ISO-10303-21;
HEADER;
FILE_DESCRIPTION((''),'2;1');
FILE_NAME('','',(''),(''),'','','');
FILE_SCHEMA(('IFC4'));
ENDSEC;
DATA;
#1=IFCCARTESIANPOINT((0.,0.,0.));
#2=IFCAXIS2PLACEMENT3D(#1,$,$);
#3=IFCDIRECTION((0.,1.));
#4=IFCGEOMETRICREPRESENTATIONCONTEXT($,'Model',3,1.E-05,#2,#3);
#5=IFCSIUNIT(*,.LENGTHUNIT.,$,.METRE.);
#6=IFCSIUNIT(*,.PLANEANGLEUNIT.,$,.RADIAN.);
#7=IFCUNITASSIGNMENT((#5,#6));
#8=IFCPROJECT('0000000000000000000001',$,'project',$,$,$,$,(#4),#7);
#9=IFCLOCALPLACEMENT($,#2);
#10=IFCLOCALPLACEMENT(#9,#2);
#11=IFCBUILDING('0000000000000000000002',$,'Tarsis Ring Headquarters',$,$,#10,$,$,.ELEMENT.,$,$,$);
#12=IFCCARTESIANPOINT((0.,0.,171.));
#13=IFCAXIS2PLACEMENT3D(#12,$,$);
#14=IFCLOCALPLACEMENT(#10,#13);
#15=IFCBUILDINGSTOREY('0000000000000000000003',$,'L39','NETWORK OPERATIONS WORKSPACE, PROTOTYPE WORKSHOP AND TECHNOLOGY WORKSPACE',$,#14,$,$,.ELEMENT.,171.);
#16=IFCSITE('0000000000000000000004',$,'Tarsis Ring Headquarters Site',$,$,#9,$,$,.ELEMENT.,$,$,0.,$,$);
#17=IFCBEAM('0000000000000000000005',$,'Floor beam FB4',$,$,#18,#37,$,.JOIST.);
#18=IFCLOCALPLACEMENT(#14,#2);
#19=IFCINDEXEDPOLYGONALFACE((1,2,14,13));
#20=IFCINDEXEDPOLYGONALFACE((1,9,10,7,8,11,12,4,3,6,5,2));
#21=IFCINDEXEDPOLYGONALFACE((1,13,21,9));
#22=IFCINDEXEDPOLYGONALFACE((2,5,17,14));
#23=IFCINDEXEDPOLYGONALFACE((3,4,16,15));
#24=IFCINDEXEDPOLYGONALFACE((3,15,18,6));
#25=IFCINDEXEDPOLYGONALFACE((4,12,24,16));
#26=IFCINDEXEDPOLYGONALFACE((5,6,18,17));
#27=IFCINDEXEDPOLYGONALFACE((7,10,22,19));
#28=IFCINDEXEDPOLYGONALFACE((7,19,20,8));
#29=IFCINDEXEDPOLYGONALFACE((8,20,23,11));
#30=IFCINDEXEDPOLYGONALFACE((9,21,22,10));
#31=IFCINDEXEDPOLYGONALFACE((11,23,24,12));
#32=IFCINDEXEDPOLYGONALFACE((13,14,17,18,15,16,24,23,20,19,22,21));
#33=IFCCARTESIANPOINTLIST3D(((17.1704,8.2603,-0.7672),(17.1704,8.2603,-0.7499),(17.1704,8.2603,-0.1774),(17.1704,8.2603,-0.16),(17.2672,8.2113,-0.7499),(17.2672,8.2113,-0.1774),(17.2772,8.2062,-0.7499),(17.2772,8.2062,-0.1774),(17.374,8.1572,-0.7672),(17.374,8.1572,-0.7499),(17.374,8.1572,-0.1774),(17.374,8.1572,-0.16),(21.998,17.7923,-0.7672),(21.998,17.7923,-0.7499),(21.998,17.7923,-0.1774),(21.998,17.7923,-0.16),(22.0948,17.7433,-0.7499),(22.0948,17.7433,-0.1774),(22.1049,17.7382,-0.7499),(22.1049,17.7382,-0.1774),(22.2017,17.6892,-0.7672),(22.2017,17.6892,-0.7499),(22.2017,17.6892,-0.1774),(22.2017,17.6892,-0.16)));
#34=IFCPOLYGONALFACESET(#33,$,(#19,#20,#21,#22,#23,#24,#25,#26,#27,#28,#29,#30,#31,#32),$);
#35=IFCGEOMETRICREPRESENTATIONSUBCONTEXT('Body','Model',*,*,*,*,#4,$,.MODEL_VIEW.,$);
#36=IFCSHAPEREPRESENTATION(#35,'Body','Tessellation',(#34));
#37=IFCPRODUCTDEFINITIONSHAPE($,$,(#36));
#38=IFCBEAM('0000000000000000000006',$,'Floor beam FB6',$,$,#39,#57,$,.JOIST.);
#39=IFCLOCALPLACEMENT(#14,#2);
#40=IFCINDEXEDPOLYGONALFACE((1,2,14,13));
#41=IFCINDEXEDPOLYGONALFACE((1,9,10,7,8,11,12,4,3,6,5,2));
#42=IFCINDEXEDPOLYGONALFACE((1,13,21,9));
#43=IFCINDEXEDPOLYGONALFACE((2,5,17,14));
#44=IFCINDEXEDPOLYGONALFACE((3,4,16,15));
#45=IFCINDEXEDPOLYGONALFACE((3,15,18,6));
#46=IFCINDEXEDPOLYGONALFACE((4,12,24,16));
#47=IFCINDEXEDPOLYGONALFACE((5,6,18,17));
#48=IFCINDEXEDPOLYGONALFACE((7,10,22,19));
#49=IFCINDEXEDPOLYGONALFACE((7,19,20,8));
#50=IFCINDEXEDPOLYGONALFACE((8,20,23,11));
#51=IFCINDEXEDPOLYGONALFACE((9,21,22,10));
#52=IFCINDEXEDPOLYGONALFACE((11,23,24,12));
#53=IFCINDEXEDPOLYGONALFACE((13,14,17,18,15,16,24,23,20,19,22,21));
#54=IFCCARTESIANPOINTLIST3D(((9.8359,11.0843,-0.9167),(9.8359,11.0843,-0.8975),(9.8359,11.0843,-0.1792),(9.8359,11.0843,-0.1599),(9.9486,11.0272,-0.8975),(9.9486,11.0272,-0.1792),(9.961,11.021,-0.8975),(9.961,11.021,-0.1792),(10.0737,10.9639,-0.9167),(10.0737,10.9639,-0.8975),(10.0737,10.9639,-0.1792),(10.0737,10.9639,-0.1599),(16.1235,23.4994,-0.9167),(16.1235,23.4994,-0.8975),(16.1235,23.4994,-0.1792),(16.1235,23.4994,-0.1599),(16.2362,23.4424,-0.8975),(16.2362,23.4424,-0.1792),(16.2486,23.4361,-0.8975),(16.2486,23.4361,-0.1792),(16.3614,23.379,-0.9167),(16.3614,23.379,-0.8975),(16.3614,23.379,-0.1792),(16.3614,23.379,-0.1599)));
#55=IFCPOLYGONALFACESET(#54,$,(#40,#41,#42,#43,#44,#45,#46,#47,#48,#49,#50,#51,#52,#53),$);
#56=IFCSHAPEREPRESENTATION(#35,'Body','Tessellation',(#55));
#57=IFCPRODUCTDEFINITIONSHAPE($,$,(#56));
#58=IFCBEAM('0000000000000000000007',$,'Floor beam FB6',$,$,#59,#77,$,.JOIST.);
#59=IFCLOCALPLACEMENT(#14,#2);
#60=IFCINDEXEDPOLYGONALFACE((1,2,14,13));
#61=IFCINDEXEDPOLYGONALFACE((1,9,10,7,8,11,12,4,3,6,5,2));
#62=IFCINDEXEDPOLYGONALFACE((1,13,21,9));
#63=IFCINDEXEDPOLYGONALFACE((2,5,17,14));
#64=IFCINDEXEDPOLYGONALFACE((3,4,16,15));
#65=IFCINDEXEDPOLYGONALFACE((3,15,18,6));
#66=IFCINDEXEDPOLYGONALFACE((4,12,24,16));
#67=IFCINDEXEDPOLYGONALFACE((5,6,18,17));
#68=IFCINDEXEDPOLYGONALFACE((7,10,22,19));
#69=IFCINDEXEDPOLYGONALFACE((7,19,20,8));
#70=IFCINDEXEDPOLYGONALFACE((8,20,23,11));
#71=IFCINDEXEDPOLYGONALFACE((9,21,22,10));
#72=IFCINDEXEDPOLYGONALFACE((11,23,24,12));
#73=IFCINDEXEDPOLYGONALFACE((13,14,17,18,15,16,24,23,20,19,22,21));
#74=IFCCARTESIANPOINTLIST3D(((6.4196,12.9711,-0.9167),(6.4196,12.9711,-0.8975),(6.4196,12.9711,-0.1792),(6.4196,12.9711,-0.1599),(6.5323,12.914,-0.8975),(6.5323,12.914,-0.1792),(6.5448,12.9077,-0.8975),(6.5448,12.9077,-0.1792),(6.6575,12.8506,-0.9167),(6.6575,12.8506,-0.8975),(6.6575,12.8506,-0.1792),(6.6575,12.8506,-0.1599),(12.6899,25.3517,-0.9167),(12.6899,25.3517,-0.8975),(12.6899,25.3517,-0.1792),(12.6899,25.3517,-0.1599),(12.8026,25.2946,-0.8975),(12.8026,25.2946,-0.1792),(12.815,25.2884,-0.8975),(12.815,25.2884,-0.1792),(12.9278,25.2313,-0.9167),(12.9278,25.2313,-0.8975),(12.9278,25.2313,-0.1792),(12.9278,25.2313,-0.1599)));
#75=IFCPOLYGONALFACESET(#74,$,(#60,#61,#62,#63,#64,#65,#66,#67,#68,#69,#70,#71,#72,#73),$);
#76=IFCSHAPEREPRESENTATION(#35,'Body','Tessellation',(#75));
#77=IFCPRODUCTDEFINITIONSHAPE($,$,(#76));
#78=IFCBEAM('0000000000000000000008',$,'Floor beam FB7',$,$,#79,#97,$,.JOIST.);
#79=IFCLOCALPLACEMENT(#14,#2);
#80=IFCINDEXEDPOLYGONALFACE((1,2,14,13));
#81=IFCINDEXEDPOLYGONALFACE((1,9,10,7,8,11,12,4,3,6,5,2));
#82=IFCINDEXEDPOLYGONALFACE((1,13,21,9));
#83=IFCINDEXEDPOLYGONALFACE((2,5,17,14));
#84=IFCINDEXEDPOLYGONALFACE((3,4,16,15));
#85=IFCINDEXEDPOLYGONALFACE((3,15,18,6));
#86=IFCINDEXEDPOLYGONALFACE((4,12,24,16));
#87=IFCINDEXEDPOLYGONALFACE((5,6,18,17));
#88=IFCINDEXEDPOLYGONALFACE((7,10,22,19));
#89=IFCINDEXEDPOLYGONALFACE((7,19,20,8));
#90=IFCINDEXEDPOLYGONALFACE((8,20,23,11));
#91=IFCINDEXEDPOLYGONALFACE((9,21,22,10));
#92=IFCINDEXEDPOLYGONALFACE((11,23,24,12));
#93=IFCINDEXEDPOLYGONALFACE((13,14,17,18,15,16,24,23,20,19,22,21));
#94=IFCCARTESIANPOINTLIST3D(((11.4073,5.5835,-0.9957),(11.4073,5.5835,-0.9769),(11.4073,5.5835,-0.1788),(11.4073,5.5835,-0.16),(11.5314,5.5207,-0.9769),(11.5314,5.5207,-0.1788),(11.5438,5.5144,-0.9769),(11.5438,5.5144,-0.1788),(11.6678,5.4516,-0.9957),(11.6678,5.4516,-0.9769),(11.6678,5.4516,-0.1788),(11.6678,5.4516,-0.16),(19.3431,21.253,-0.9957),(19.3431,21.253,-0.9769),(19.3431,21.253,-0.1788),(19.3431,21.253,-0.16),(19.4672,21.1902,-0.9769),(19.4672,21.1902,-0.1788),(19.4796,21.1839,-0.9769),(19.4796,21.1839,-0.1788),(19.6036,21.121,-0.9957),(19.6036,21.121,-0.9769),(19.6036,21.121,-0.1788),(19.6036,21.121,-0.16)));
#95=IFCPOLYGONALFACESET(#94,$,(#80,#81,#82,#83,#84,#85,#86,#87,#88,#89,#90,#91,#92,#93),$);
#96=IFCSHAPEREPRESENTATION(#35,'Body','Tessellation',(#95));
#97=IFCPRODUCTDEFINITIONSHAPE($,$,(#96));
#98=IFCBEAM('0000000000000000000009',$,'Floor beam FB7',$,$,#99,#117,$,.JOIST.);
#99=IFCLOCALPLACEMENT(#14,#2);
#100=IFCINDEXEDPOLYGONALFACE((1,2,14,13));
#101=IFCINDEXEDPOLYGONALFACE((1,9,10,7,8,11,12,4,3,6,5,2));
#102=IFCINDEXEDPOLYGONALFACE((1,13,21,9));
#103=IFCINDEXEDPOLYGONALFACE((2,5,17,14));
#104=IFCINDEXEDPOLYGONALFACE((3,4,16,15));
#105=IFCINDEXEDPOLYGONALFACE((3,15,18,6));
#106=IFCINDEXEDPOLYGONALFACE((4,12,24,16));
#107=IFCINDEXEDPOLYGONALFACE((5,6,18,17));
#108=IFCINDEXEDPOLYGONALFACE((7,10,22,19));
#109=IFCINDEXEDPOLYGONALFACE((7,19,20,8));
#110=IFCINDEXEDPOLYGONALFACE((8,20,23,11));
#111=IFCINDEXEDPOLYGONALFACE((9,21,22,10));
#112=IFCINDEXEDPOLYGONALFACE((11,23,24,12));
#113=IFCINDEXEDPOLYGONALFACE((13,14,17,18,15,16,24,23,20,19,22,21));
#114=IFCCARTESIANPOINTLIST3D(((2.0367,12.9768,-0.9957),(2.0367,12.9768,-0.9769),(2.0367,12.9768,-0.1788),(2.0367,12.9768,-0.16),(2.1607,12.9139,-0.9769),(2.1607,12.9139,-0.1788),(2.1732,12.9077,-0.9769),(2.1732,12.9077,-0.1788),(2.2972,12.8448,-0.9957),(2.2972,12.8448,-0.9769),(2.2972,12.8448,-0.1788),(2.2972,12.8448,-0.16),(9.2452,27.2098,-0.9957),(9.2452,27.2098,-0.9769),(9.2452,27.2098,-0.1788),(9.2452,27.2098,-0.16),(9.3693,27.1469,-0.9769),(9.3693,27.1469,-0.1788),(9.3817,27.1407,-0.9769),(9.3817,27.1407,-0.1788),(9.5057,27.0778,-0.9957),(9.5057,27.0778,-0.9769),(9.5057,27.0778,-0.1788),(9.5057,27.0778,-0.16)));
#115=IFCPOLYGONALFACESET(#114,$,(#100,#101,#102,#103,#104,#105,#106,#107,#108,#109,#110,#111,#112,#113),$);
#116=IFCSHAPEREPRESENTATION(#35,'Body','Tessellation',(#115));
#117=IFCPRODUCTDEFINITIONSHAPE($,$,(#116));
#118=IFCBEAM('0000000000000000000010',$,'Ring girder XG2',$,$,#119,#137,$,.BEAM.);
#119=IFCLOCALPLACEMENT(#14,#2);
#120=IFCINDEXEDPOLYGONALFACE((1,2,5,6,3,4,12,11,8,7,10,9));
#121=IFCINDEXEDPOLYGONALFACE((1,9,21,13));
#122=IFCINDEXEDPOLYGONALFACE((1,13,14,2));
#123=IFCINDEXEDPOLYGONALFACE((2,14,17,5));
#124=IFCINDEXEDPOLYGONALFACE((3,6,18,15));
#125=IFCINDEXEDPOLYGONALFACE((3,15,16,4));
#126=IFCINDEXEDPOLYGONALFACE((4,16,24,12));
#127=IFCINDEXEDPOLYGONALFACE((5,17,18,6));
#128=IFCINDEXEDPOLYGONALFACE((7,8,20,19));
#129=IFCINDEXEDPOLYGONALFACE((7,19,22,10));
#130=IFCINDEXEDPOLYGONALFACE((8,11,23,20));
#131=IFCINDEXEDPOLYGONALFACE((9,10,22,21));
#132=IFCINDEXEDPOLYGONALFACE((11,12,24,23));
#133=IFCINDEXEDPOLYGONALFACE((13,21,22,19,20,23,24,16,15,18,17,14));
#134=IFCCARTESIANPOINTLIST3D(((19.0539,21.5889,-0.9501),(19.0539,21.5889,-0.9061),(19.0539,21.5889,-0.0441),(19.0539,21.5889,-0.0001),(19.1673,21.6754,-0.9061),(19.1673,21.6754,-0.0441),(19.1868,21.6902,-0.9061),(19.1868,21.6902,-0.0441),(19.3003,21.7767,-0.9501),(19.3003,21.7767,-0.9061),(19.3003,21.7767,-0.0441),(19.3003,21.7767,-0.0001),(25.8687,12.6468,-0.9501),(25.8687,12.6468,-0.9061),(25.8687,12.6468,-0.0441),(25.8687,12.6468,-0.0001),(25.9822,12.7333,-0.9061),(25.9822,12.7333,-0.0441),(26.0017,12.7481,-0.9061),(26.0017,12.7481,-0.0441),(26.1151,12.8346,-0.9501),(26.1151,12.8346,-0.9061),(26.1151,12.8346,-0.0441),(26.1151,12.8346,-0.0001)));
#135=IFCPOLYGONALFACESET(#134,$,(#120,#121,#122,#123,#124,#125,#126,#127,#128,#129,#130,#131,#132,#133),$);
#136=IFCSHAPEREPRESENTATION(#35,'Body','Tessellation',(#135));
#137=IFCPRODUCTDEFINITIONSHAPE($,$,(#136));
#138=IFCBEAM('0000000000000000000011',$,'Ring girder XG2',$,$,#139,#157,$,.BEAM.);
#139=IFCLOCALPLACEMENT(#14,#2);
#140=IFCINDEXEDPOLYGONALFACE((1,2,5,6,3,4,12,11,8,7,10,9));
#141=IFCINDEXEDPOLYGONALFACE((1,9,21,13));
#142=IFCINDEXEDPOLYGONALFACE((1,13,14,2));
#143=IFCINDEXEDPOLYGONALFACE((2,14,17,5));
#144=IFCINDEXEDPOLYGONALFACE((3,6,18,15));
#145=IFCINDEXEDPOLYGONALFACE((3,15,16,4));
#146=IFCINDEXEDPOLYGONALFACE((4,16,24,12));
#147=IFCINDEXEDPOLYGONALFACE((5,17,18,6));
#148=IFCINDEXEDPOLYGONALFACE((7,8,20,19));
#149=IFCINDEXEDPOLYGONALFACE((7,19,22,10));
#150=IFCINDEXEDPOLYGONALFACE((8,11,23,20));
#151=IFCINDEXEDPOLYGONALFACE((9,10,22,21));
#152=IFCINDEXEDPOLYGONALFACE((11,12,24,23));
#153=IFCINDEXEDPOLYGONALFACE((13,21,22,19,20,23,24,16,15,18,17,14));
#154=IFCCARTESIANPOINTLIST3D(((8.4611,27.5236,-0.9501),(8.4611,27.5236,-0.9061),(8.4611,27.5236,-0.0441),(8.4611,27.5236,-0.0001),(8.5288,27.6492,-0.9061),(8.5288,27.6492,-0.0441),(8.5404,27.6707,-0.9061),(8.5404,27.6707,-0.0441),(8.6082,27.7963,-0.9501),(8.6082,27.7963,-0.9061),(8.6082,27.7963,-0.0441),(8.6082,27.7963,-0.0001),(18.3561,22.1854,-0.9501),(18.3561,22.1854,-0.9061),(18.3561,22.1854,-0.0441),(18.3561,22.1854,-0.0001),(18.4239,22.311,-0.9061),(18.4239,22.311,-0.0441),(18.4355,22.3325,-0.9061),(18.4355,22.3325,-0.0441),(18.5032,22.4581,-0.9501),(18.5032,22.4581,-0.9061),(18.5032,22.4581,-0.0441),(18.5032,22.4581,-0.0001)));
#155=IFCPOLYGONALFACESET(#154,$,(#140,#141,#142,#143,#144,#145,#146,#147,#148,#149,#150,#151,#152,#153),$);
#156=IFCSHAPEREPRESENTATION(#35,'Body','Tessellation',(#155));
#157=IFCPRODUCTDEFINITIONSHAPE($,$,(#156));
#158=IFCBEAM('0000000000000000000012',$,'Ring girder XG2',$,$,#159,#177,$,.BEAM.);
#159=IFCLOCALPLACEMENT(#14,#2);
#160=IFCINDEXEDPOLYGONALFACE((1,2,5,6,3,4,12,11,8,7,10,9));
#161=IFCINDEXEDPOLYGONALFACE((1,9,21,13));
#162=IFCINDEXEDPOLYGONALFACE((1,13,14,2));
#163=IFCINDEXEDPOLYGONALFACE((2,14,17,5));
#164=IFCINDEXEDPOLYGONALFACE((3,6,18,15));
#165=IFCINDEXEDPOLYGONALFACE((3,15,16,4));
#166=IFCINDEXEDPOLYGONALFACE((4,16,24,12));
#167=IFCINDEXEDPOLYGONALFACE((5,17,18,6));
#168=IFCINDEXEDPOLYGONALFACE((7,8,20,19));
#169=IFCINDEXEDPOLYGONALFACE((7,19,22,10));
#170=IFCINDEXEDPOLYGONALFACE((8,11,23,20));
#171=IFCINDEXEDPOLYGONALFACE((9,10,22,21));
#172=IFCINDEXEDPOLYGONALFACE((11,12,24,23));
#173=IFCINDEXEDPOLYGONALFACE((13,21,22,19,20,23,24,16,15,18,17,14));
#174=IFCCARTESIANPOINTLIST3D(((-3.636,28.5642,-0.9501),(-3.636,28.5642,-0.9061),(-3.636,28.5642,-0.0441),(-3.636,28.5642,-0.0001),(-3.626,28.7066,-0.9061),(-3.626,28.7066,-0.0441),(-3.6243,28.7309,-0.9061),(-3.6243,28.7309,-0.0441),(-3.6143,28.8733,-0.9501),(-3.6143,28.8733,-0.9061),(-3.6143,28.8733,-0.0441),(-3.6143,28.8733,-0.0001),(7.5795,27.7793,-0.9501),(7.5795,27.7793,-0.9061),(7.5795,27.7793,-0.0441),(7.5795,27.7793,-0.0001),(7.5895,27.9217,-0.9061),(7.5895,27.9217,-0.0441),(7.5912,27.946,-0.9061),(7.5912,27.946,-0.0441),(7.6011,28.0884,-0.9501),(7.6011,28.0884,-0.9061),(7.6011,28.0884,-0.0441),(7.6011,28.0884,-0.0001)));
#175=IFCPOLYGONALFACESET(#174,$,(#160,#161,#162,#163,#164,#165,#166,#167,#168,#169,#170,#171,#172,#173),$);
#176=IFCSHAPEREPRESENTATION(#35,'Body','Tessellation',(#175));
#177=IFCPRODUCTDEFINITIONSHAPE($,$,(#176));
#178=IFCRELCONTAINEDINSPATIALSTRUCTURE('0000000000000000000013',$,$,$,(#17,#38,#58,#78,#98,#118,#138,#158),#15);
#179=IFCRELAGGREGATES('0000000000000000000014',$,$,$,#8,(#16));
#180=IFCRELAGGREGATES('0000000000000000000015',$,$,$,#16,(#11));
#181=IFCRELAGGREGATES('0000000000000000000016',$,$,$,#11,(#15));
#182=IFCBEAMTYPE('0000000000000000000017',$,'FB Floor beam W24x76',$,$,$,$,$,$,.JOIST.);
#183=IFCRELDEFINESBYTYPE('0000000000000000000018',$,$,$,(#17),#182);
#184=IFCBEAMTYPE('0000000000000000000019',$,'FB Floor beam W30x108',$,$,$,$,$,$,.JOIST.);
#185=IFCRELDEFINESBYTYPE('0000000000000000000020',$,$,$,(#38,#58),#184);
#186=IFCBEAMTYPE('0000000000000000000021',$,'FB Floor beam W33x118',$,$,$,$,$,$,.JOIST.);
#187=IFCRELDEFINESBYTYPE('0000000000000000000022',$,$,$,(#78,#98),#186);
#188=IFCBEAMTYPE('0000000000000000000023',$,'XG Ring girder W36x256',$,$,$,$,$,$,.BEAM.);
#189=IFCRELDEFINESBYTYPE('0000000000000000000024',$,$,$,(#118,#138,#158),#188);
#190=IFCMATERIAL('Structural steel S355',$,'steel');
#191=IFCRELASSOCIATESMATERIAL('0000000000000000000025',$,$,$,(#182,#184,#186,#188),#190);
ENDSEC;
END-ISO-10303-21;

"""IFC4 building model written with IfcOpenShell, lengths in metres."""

from ifc_helpers import new_model, si_unit, direction, frame, origin, origin_2d, place, context, subcontext, project, spatial, i_section, extrude, material, material_profile, profile_set, type_object, element, save


model = new_model("IFC4")

# Units and contexts
model_context = context("Model", 3, precision=1e-05, world=origin(), true_north=direction((0.0, 1.0)))
body_context = subcontext(model_context, "Body", "Model", "MODEL_VIEW")
ifc_project = project(units=[si_unit("LENGTHUNIT", "METRE"), si_unit("PLANEANGLEUNIT", "RADIAN")], contexts=[model_context])

# Site, building, storey
site_placement = place(None, origin())
site = spatial("IfcSite", under=ifc_project, at=site_placement, Name="Tarsis Ring Headquarters Site", CompositionType="ELEMENT", RefElevation=0.0)
building_placement = place(site_placement, origin())
building = spatial("IfcBuilding", under=site, at=building_placement, Name="Tarsis Ring Headquarters", CompositionType="ELEMENT")
storey_placement = place(building_placement, frame((0.0, 0.0, 171.0)))
storey = spatial("IfcBuildingStorey", under=building, at=storey_placement, Name="L39", Description="NETWORK OPERATIONS WORKSPACE, PROTOTYPE WORKSHOP AND TECHNOLOGY WORKSPACE", CompositionType="ELEMENT", Elevation=171.0)

# Shared definitions
ifc_material_1 = material(Name="Structural steel S355", Category="steel")

# Beams
ifc_material_profile_1 = material_profile(ifc_material_1, i_section(OverallWidth=0.2283, OverallDepth=0.6072, WebThickness=0.0112, FlangeThickness=0.0173, at=origin_2d()), Name="W24x76")
ifc_profile_set_1 = profile_set([ifc_material_profile_1], Name="Structural steel S355")
beam_type_1 = type_object("IfcBeamType", Name="FB Floor beam W24x76", PredefinedType="JOIST", material=ifc_profile_set_1)
beam_1_placement = place(storey_placement, frame((22.0999, 17.7407, -0.4636), z_axis=(-0.451823, -0.892107, 0.0), x_axis=(0.892107, -0.451823, 0.0)))
element("IfcBeam", 1, at=beam_1_placement, inside=storey, type_object=beam_type_1, Name="Floor beam FB4", PredefinedType="JOIST", context=body_context, shape_type="SweptSolid", body=[
    extrude(i_section(OverallWidth=0.2283, OverallDepth=0.6072, WebThickness=0.0112, FlangeThickness=0.0173, at=origin_2d()), origin(), (0.0, 0.0, 1.0), 10.6848),
])
ifc_material_profile_2 = material_profile(ifc_material_1, i_section(OverallWidth=0.2666, OverallDepth=0.7568, WebThickness=0.0139, FlangeThickness=0.0193, at=origin_2d()), Name="W30x108")
ifc_profile_set_2 = profile_set([ifc_material_profile_2], Name="Structural steel S355")
beam_type_2 = type_object("IfcBeamType", Name="FB Floor beam W30x108", PredefinedType="JOIST", material=ifc_profile_set_2)
beam_2_placement = place(storey_placement, frame((16.2424, 23.4392, -0.5383), z_axis=(-0.451811, -0.892114, 0.0), x_axis=(0.892114, -0.451811, 0.0)))
element("IfcBeam", 2, at=beam_2_placement, inside=storey, type_object=beam_type_2, Name="Floor beam FB6", PredefinedType="JOIST", context=body_context, shape_type="SweptSolid", body=[
    extrude(i_section(OverallWidth=0.2666, OverallDepth=0.7568, WebThickness=0.0139, FlangeThickness=0.0193, at=origin_2d()), origin(), (0.0, 0.0, 1.0), 13.9165),
])
beam_3_placement = place(storey_placement, frame((12.8088, 25.2915, -0.5383), z_axis=(-0.451817, -0.892111, 0.0), x_axis=(0.892111, -0.451817, 0.0)))
element("IfcBeam", 3, at=beam_3_placement, inside=storey, type_object=beam_type_2, Name="Floor beam FB6", PredefinedType="JOIST", context=body_context, shape_type="SweptSolid", body=[
    extrude(i_section(OverallWidth=0.2666, OverallDepth=0.7568, WebThickness=0.0139, FlangeThickness=0.0193, at=origin_2d()), origin(), (0.0, 0.0, 1.0), 13.8779),
])
ifc_material_profile_3 = material_profile(ifc_material_1, i_section(OverallWidth=0.292, OverallDepth=0.8357, WebThickness=0.0139, FlangeThickness=0.0188, at=origin_2d()), Name="W33x118")
ifc_profile_set_3 = profile_set([ifc_material_profile_3], Name="Structural steel S355")
beam_type_3 = type_object("IfcBeamType", Name="FB Floor beam W33x118", PredefinedType="JOIST", material=ifc_profile_set_3)
beam_4_placement = place(storey_placement, frame((19.4734, 21.187, -0.5779), z_axis=(-0.451811, -0.892114, 0.0), x_axis=(0.892114, -0.451811, 0.0)))
element("IfcBeam", 4, at=beam_4_placement, inside=storey, type_object=beam_type_3, Name="Floor beam FB7", PredefinedType="JOIST", context=body_context, shape_type="SweptSolid", body=[
    extrude(i_section(OverallWidth=0.292, OverallDepth=0.8357, WebThickness=0.0139, FlangeThickness=0.0188, at=origin_2d()), origin(), (0.0, 0.0, 1.0), 17.5645),
])
beam_5_placement = place(storey_placement, frame((9.3755, 27.1438, -0.5779), z_axis=(-0.451823, -0.892108, 0.0), x_axis=(0.892108, -0.451823, 0.0)))
element("IfcBeam", 5, at=beam_5_placement, inside=storey, type_object=beam_type_3, Name="Floor beam FB7", PredefinedType="JOIST", context=body_context, shape_type="SweptSolid", body=[
    extrude(i_section(OverallWidth=0.292, OverallDepth=0.8357, WebThickness=0.0139, FlangeThickness=0.0188, at=origin_2d()), origin(), (0.0, 0.0, 1.0), 15.9543),
])
ifc_material_profile_4 = material_profile(ifc_material_1, i_section(OverallWidth=0.3098, OverallDepth=0.95, WebThickness=0.0244, FlangeThickness=0.0439, at=origin_2d()), Name="W36x256")
ifc_profile_set_4 = profile_set([ifc_material_profile_4], Name="Structural steel S355")
beam_type_4 = type_object("IfcBeamType", Name="XG Ring girder W36x256", PredefinedType="BEAM", material=ifc_profile_set_4)
beam_6_placement = place(storey_placement, frame((25.9919, 12.7407, -0.4751), z_axis=(-0.606149, 0.795351, 0.0), x_axis=(-0.795351, -0.606149, 0.0)))
element("IfcBeam", 6, at=beam_6_placement, inside=storey, type_object=beam_type_4, Name="Ring girder XG2", PredefinedType="BEAM", context=body_context, shape_type="SweptSolid", body=[
    extrude(i_section(OverallWidth=0.3098, OverallDepth=0.95, WebThickness=0.0244, FlangeThickness=0.0439, at=origin_2d()), origin(), (0.0, 0.0, 1.0), 11.2429),
])
beam_7_placement = place(storey_placement, frame((18.4297, 22.3218, -0.4751), z_axis=(-0.880098, 0.474792, 0.0), x_axis=(-0.474792, -0.880098, 0.0)))
element("IfcBeam", 7, at=beam_7_placement, inside=storey, type_object=beam_type_4, Name="Ring girder XG2", PredefinedType="BEAM", context=body_context, shape_type="SweptSolid", body=[
    extrude(i_section(OverallWidth=0.3098, OverallDepth=0.95, WebThickness=0.0244, FlangeThickness=0.0439, at=origin_2d()), origin(), (0.0, 0.0, 1.0), 11.2432),
])
beam_8_placement = place(storey_placement, frame((7.5903, 27.9338, -0.4751), z_axis=(-0.99756, 0.069813, 0.0), x_axis=(-0.069813, -0.99756, 0.0)))
element("IfcBeam", 8, at=beam_8_placement, inside=storey, type_object=beam_type_4, Name="Ring girder XG2", PredefinedType="BEAM", context=body_context, shape_type="SweptSolid", body=[
    extrude(i_section(OverallWidth=0.3098, OverallDepth=0.95, WebThickness=0.0244, FlangeThickness=0.0439, at=origin_2d()), origin(), (0.0, 0.0, 1.0), 11.2429),
])

save(model, "model.ifc")
